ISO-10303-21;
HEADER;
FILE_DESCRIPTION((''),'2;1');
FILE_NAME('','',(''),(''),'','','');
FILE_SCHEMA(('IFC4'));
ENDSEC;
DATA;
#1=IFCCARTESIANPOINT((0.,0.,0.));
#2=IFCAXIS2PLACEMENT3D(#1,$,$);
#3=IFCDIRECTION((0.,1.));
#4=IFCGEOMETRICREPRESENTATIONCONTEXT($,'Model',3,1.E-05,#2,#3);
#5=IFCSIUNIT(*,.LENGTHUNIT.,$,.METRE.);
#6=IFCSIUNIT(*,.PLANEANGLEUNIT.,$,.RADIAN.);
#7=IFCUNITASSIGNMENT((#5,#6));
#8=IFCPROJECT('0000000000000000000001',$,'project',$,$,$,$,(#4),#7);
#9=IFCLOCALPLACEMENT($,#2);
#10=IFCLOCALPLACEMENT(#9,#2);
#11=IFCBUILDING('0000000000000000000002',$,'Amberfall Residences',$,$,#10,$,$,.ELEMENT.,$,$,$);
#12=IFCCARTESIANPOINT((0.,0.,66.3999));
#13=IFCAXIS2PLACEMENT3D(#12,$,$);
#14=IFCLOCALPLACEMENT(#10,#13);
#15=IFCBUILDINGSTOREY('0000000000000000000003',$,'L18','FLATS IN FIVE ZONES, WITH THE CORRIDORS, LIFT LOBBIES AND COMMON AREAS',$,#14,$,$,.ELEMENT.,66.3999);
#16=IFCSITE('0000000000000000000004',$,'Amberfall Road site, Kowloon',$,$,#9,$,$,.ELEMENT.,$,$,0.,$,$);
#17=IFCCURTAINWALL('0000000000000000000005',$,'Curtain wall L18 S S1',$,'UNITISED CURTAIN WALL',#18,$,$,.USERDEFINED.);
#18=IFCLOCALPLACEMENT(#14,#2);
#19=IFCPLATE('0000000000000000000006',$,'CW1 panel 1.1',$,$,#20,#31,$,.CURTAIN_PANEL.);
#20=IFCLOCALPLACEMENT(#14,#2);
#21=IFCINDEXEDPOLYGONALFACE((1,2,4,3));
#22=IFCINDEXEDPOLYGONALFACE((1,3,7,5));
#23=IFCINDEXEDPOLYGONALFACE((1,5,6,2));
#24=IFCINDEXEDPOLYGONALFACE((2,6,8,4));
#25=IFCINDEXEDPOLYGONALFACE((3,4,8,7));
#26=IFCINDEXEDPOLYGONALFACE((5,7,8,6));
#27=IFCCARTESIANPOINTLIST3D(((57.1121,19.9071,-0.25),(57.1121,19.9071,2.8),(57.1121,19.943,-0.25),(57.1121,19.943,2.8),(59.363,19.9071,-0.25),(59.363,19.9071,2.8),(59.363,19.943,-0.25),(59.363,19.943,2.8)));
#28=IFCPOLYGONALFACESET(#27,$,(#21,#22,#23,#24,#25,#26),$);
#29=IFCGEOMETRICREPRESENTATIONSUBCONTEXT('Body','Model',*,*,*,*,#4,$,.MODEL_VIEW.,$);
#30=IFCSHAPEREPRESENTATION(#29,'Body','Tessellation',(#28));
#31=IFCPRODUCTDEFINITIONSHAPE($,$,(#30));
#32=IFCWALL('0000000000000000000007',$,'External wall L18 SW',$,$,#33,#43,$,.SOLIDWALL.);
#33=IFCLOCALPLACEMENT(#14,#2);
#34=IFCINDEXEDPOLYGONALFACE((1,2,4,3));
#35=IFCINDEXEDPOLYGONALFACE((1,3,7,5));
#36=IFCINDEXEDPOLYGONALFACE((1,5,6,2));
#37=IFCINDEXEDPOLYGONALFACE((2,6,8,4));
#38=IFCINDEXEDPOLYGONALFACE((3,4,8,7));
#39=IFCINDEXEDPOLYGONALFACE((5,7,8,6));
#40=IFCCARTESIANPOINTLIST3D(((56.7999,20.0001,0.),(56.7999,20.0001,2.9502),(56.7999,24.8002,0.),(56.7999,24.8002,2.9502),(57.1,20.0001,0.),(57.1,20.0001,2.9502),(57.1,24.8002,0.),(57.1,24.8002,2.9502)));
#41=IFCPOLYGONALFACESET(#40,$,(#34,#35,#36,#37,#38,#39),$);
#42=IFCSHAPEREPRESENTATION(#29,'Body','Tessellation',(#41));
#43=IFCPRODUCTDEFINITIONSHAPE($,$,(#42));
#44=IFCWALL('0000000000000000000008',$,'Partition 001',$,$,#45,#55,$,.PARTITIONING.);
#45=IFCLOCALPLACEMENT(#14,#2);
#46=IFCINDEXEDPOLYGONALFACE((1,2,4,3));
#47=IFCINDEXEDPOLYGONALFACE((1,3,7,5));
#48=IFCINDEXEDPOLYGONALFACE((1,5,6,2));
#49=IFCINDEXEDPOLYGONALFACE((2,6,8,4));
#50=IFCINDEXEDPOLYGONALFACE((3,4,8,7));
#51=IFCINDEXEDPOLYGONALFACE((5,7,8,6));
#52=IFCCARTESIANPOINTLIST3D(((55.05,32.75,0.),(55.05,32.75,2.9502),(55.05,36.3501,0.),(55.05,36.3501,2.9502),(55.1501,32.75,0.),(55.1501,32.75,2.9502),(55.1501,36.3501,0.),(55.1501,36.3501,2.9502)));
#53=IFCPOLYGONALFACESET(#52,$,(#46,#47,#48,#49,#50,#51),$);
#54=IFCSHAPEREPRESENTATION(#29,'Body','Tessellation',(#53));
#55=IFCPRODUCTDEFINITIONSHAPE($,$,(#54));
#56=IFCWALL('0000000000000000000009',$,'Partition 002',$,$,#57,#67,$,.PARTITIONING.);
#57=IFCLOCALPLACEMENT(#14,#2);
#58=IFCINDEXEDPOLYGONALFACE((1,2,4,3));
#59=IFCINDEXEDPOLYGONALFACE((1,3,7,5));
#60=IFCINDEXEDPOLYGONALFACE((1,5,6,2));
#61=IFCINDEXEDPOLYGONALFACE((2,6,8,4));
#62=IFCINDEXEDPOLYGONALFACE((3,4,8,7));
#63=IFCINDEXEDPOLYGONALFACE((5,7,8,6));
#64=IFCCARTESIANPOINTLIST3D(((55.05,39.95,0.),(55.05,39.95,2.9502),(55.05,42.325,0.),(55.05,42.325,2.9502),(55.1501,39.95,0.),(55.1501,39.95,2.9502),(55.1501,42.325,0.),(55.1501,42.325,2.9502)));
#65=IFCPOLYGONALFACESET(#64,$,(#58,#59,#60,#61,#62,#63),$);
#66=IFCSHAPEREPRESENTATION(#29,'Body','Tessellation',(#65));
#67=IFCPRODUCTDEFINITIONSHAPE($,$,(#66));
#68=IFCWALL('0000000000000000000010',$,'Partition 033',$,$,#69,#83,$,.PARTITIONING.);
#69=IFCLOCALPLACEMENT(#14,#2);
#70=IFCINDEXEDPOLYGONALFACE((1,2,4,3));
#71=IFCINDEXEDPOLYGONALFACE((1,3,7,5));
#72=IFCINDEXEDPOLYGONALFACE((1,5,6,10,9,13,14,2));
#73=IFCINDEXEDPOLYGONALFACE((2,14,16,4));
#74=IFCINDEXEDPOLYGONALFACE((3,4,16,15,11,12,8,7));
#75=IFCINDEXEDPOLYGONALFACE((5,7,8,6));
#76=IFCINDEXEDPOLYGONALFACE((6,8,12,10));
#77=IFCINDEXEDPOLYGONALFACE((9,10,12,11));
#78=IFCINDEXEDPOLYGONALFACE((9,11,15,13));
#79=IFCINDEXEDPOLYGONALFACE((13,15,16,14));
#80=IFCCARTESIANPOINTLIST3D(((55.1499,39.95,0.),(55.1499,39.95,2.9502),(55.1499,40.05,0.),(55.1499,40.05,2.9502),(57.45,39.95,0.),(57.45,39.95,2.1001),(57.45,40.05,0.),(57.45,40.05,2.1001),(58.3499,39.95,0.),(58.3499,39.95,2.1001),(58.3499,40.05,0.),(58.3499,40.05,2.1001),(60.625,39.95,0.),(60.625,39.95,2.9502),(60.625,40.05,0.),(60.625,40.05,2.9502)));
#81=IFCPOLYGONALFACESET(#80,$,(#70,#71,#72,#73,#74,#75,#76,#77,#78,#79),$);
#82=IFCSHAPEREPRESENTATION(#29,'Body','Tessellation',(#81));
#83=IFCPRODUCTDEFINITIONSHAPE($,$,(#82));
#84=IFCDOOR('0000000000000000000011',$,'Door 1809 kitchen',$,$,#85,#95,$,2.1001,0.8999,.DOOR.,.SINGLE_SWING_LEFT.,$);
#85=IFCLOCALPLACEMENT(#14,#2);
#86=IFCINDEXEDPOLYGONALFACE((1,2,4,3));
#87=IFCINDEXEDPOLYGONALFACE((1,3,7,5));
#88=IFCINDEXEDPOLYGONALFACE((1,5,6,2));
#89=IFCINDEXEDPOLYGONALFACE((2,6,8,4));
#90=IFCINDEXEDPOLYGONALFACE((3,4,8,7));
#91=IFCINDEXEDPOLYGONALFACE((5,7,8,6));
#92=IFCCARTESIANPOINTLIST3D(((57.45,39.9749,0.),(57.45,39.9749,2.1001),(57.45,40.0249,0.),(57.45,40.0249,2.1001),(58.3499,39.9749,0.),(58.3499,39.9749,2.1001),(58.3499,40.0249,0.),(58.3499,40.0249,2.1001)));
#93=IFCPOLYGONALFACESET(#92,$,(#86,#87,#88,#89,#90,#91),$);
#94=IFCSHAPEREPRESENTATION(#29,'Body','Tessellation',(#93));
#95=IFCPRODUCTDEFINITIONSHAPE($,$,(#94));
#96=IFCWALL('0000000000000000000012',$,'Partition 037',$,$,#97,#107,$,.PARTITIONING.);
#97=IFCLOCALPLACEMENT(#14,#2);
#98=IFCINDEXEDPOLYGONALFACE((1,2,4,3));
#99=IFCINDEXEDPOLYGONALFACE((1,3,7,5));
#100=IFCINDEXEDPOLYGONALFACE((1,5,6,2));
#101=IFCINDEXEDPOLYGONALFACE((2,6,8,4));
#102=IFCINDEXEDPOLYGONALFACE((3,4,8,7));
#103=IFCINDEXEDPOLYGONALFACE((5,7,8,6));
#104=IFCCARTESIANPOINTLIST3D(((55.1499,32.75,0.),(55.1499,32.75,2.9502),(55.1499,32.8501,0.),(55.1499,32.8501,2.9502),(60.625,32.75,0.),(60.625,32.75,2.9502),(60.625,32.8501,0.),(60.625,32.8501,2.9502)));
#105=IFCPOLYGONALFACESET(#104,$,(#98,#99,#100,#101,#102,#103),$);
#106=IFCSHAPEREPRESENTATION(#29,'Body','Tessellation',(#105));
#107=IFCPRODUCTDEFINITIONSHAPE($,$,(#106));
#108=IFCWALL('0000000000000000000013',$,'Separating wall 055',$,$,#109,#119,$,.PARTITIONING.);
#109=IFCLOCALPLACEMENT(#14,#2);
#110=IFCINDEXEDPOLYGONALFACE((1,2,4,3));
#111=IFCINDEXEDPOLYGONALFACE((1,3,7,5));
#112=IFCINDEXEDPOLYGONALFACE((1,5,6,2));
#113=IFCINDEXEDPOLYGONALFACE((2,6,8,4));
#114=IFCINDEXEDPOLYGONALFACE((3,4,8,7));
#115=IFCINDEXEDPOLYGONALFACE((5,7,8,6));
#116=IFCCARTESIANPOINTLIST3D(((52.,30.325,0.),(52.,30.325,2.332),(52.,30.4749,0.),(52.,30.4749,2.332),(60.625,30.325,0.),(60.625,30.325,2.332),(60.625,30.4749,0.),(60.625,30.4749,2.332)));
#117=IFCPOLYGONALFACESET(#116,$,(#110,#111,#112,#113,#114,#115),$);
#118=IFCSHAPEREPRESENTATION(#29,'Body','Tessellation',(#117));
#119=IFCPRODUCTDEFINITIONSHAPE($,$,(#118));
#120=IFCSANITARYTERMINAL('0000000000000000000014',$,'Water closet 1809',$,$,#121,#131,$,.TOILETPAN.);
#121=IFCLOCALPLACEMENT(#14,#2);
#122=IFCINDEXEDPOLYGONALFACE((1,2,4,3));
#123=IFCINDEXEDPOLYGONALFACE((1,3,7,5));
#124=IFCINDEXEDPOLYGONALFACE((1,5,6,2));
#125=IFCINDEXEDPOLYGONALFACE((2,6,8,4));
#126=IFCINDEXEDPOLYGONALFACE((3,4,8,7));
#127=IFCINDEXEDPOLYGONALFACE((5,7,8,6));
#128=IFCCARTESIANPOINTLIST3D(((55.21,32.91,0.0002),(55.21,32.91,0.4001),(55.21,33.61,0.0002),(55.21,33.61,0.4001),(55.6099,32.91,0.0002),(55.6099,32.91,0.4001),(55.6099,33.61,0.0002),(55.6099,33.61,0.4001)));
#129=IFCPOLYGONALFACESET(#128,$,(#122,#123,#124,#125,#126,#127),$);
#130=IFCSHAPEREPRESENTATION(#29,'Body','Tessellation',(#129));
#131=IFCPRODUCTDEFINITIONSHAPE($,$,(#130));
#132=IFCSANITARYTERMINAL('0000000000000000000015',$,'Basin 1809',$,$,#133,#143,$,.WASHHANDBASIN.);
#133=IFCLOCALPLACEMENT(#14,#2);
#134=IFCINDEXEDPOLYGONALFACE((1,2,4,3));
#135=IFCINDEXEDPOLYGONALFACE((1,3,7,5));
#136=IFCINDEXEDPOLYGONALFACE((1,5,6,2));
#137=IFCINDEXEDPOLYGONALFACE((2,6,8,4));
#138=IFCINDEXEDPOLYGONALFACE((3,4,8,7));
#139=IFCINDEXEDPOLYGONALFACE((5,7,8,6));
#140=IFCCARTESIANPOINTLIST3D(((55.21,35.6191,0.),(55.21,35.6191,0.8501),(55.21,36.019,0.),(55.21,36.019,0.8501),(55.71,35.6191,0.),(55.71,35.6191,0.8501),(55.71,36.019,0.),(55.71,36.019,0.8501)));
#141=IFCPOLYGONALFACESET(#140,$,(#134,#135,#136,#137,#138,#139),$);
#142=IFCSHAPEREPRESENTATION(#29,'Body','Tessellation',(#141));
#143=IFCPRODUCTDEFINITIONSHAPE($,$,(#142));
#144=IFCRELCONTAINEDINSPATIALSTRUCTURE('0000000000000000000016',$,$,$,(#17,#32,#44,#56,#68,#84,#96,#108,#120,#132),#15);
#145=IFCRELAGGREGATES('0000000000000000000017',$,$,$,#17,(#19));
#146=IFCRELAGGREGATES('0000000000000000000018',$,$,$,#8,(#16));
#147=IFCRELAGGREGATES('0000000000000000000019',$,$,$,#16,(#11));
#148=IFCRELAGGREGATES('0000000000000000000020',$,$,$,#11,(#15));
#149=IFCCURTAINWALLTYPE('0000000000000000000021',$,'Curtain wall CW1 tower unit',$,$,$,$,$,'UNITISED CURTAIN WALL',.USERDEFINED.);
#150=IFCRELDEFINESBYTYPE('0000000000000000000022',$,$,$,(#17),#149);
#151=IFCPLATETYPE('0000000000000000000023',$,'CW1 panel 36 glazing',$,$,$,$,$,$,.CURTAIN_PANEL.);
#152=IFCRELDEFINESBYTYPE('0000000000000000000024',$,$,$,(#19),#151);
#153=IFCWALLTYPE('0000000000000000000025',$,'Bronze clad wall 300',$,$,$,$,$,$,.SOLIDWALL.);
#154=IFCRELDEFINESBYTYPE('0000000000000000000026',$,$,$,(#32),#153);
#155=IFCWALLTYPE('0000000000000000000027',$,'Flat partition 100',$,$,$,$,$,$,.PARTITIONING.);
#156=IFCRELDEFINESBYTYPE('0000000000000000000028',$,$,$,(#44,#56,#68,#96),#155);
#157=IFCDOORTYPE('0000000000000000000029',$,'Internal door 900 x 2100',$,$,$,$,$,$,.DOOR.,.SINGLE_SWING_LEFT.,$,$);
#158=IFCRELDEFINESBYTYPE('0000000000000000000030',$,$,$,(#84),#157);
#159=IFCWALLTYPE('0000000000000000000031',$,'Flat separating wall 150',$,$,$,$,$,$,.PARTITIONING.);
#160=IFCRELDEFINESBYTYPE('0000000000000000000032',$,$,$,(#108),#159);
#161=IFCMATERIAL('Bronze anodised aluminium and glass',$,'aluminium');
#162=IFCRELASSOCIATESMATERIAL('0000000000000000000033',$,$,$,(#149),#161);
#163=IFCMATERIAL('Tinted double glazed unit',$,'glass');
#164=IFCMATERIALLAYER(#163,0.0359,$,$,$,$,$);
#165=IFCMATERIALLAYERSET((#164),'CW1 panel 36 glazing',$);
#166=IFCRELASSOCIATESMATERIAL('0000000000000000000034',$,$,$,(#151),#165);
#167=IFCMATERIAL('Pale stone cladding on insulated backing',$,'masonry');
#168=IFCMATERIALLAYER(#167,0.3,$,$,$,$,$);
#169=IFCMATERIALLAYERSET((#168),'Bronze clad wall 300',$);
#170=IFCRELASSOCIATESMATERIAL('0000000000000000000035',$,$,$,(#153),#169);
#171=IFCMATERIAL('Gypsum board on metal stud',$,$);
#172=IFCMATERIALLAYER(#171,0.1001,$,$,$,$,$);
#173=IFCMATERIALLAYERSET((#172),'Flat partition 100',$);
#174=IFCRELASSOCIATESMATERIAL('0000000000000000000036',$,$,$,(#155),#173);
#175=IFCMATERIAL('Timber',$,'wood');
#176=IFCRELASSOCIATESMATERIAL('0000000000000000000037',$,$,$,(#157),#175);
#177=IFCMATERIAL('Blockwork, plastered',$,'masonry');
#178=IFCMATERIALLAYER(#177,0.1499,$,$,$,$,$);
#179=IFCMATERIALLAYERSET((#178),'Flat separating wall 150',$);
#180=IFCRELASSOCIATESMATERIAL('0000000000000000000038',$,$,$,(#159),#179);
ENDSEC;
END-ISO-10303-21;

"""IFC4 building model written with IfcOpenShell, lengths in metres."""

from ifc_helpers import new_model, si_unit, direction, frame, frame_2d, origin, origin_2d, place, context, subcontext, project, spatial, rectangle, extrude, material, layer, layer_set, type_object, element, fill, aggregate, save


model = new_model("IFC4")

# Units and contexts
model_context = context("Model", 3, precision=1e-05, world=origin(), true_north=direction((0.0, 1.0)))
body_context = subcontext(model_context, "Body", "Model", "MODEL_VIEW")
ifc_project = project(units=[si_unit("LENGTHUNIT", "METRE"), si_unit("PLANEANGLEUNIT", "RADIAN")], contexts=[model_context])

# Site, building, storey
site_placement = place(None, origin())
site = spatial("IfcSite", under=ifc_project, at=site_placement, Name="Amberfall Road site, Kowloon", CompositionType="ELEMENT", RefElevation=0.0)
building_placement = place(site_placement, origin())
building = spatial("IfcBuilding", under=site, at=building_placement, Name="Amberfall Residences", CompositionType="ELEMENT")
storey_placement = place(building_placement, frame((0.0, 0.0, 66.3999)))
storey = spatial("IfcBuildingStorey", under=building, at=storey_placement, Name="L18", Description="FLATS IN FIVE ZONES, WITH THE CORRIDORS, LIFT LOBBIES AND COMMON AREAS", CompositionType="ELEMENT", Elevation=66.3999)

# Curtain wall
ifc_material_1 = material(Name="Bronze anodised aluminium and glass", Category="aluminium")
curtain_wall_type = type_object("IfcCurtainWallType", Name="Curtain wall CW1 tower unit", ElementType="UNITISED CURTAIN WALL", PredefinedType="USERDEFINED", material=ifc_material_1)
curtain_wall_placement = place(storey_placement, origin())
curtain_wall = element("IfcCurtainWall", 1, at=curtain_wall_placement, inside=storey, type_object=curtain_wall_type, Name="Curtain wall L18 S S1", ObjectType="UNITISED CURTAIN WALL", PredefinedType="USERDEFINED")

# Plate
ifc_material_2 = material(Name="Tinted double glazed unit", Category="glass")
ifc_layer_1 = layer(ifc_material_2, 0.0359)
ifc_layer_set_1 = layer_set([ifc_layer_1], Name="CW1 panel 36 glazing")
plate_type = type_object("IfcPlateType", Name="CW1 panel 36 glazing", PredefinedType="CURTAIN_PANEL", material=ifc_layer_set_1)
plate_placement = place(storey_placement, frame((58.2375, 19.925, -0.25), z_axis=(0.0, 0.0, 1.0), x_axis=(1.0, 0.0, 0.0)))
plate = element("IfcPlate", 2, at=plate_placement, type_object=plate_type, Name="CW1 panel 1.1", PredefinedType="CURTAIN_PANEL", context=body_context, shape_type="SweptSolid", body=[
    extrude(rectangle(XDim=2.251, YDim=0.0359, at=origin_2d()), origin(), (0.0, 0.0, 1.0), 3.05),
])
aggregate(curtain_wall, [plate])

# Walls
ifc_material_3 = material(Name="Pale stone cladding on insulated backing", Category="masonry")
ifc_layer_2 = layer(ifc_material_3, 0.3)
ifc_layer_set_2 = layer_set([ifc_layer_2], Name="Bronze clad wall 300")
wall_type_1 = type_object("IfcWallType", Name="Bronze clad wall 300", PredefinedType="SOLIDWALL", material=ifc_layer_set_2)
wall_1_placement = place(storey_placement, frame((56.95, 24.8, 0.0), z_axis=(0.0, 0.0, 1.0), x_axis=(0.0, -1.0, 0.0)))
element("IfcWall", 3, at=wall_1_placement, inside=storey, type_object=wall_type_1, Name="External wall L18 SW", PredefinedType="SOLIDWALL", context=body_context, shape_type="SweptSolid", body=[
    extrude(rectangle(XDim=4.8, YDim=0.3, at=frame_2d((2.3999, 0.0))), origin(), (0.0, 0.0, 1.0), 2.9502),
])
ifc_material_4 = material(Name="Gypsum board on metal stud")
ifc_layer_3 = layer(ifc_material_4, 0.1001)
ifc_layer_set_3 = layer_set([ifc_layer_3], Name="Flat partition 100")
wall_type_2 = type_object("IfcWallType", Name="Flat partition 100", PredefinedType="PARTITIONING", material=ifc_layer_set_3)
wall_2_placement = place(storey_placement, frame((55.1001, 32.75, 0.0), z_axis=(0.0, 0.0, 1.0), x_axis=(0.0, 1.0, 0.0)))
element("IfcWall", 4, at=wall_2_placement, inside=storey, type_object=wall_type_2, Name="Partition 001", PredefinedType="PARTITIONING", context=body_context, shape_type="SweptSolid", body=[
    extrude(rectangle(XDim=3.6001, YDim=0.1001, at=frame_2d((1.8, 0.0))), origin(), (0.0, 0.0, 1.0), 2.9502),
])
wall_3_placement = place(storey_placement, frame((55.1001, 39.95, 0.0), z_axis=(0.0, 0.0, 1.0), x_axis=(0.0, 1.0, 0.0)))
element("IfcWall", 5, at=wall_3_placement, inside=storey, type_object=wall_type_2, Name="Partition 002", PredefinedType="PARTITIONING", context=body_context, shape_type="SweptSolid", body=[
    extrude(rectangle(XDim=2.375, YDim=0.1001, at=frame_2d((1.1875, 0.0))), origin(), (0.0, 0.0, 1.0), 2.9502),
])

# Wall, opening, door
wall_4_placement = place(storey_placement, frame((55.1499, 40.0, 0.0), z_axis=(0.0, 0.0, 1.0), x_axis=(1.0, 0.0, 0.0)))
wall_4 = element("IfcWall", 6, at=wall_4_placement, inside=storey, type_object=wall_type_2, Name="Partition 033", PredefinedType="PARTITIONING", context=body_context, shape_type="SweptSolid", body=[
    extrude(rectangle(XDim=5.4751, YDim=0.1001, at=frame_2d((2.7375, 0.0))), origin(), (0.0, 0.0, 1.0), 2.9502),
])
opening_placement = place(wall_4_placement, frame((2.3, 0.0, 0.0)))
opening = element("IfcOpeningElement", 7, at=opening_placement, cuts=wall_4, PredefinedType="OPENING", context=body_context, shape_type="SweptSolid", body=[
    extrude(rectangle(XDim=0.8999, YDim=2.1001, at=frame_2d((0.45, 1.05))), frame((0.0, 0.0601, 0.0), z_axis=(0.0, -1.0, 0.0), x_axis=(1.0, 0.0, 0.0)), (0.0, 0.0, 1.0), 0.1201),
])
ifc_material_5 = material(Name="Timber", Category="wood")
door_type = type_object("IfcDoorType", Name="Internal door 900 x 2100", OperationType="SINGLE_SWING_LEFT", PredefinedType="DOOR", material=ifc_material_5)
door_placement = place(opening_placement, origin())
door = element("IfcDoor", 8, at=door_placement, inside=storey, type_object=door_type, Name="Door 1809 kitchen", OperationType="SINGLE_SWING_LEFT", OverallHeight=2.1001, OverallWidth=0.8999, PredefinedType="DOOR", context=body_context, shape_type="SweptSolid", body=[
    extrude(rectangle(XDim=0.8999, YDim=2.1001, at=frame_2d((0.45, 1.05))), frame((0.0, 0.0249, 0.0), z_axis=(0.0, -1.0, 0.0), x_axis=(1.0, 0.0, 0.0)), (0.0, 0.0, 1.0), 0.05),
])
fill(opening, door)

# Walls
wall_5_placement = place(storey_placement, frame((55.1499, 32.8, 0.0), z_axis=(0.0, 0.0, 1.0), x_axis=(1.0, 0.0, 0.0)))
element("IfcWall", 9, at=wall_5_placement, inside=storey, type_object=wall_type_2, Name="Partition 037", PredefinedType="PARTITIONING", context=body_context, shape_type="SweptSolid", body=[
    extrude(rectangle(XDim=5.4751, YDim=0.1001, at=frame_2d((2.7375, 0.0))), origin(), (0.0, 0.0, 1.0), 2.9502),
])
ifc_material_6 = material(Name="Blockwork, plastered", Category="masonry")
ifc_layer_4 = layer(ifc_material_6, 0.1499)
ifc_layer_set_4 = layer_set([ifc_layer_4], Name="Flat separating wall 150")
wall_type_3 = type_object("IfcWallType", Name="Flat separating wall 150", PredefinedType="PARTITIONING", material=ifc_layer_set_4)
wall_6_placement = place(storey_placement, frame((52.0, 30.3999, 0.0), z_axis=(0.0, 0.0, 1.0), x_axis=(1.0, 0.0, 0.0)))
element("IfcWall", 10, at=wall_6_placement, inside=storey, type_object=wall_type_3, Name="Separating wall 055", PredefinedType="PARTITIONING", context=body_context, shape_type="SweptSolid", body=[
    extrude(rectangle(XDim=8.625, YDim=0.1499, at=frame_2d((4.3125, 0.0))), origin(), (0.0, 0.0, 1.0), 2.332),
])

# Sanitary terminals
sanitary_terminal_1_placement = place(storey_placement, frame((55.4099, 33.26, 0.0002), z_axis=(0.0, 0.0, 1.0), x_axis=(1.0, 0.0, 0.0)))
element("IfcSanitaryTerminal", 11, at=sanitary_terminal_1_placement, inside=storey, Name="Water closet 1809", PredefinedType="TOILETPAN", context=body_context, shape_type="SweptSolid", body=[
    extrude(rectangle(XDim=0.3999, YDim=0.7, at=origin_2d()), origin(), (0.0, 0.0, 1.0), 0.3999),
])
sanitary_terminal_2_placement = place(storey_placement, frame((55.46, 35.8191, 0.0), z_axis=(0.0, 0.0, 1.0), x_axis=(1.0, 0.0, 0.0)))
element("IfcSanitaryTerminal", 12, at=sanitary_terminal_2_placement, inside=storey, Name="Basin 1809", PredefinedType="WASHHANDBASIN", context=body_context, shape_type="SweptSolid", body=[
    extrude(rectangle(XDim=0.5, YDim=0.3999, at=origin_2d()), origin(), (0.0, 0.0, 1.0), 0.8501),
])

save(model, "model.ifc")
